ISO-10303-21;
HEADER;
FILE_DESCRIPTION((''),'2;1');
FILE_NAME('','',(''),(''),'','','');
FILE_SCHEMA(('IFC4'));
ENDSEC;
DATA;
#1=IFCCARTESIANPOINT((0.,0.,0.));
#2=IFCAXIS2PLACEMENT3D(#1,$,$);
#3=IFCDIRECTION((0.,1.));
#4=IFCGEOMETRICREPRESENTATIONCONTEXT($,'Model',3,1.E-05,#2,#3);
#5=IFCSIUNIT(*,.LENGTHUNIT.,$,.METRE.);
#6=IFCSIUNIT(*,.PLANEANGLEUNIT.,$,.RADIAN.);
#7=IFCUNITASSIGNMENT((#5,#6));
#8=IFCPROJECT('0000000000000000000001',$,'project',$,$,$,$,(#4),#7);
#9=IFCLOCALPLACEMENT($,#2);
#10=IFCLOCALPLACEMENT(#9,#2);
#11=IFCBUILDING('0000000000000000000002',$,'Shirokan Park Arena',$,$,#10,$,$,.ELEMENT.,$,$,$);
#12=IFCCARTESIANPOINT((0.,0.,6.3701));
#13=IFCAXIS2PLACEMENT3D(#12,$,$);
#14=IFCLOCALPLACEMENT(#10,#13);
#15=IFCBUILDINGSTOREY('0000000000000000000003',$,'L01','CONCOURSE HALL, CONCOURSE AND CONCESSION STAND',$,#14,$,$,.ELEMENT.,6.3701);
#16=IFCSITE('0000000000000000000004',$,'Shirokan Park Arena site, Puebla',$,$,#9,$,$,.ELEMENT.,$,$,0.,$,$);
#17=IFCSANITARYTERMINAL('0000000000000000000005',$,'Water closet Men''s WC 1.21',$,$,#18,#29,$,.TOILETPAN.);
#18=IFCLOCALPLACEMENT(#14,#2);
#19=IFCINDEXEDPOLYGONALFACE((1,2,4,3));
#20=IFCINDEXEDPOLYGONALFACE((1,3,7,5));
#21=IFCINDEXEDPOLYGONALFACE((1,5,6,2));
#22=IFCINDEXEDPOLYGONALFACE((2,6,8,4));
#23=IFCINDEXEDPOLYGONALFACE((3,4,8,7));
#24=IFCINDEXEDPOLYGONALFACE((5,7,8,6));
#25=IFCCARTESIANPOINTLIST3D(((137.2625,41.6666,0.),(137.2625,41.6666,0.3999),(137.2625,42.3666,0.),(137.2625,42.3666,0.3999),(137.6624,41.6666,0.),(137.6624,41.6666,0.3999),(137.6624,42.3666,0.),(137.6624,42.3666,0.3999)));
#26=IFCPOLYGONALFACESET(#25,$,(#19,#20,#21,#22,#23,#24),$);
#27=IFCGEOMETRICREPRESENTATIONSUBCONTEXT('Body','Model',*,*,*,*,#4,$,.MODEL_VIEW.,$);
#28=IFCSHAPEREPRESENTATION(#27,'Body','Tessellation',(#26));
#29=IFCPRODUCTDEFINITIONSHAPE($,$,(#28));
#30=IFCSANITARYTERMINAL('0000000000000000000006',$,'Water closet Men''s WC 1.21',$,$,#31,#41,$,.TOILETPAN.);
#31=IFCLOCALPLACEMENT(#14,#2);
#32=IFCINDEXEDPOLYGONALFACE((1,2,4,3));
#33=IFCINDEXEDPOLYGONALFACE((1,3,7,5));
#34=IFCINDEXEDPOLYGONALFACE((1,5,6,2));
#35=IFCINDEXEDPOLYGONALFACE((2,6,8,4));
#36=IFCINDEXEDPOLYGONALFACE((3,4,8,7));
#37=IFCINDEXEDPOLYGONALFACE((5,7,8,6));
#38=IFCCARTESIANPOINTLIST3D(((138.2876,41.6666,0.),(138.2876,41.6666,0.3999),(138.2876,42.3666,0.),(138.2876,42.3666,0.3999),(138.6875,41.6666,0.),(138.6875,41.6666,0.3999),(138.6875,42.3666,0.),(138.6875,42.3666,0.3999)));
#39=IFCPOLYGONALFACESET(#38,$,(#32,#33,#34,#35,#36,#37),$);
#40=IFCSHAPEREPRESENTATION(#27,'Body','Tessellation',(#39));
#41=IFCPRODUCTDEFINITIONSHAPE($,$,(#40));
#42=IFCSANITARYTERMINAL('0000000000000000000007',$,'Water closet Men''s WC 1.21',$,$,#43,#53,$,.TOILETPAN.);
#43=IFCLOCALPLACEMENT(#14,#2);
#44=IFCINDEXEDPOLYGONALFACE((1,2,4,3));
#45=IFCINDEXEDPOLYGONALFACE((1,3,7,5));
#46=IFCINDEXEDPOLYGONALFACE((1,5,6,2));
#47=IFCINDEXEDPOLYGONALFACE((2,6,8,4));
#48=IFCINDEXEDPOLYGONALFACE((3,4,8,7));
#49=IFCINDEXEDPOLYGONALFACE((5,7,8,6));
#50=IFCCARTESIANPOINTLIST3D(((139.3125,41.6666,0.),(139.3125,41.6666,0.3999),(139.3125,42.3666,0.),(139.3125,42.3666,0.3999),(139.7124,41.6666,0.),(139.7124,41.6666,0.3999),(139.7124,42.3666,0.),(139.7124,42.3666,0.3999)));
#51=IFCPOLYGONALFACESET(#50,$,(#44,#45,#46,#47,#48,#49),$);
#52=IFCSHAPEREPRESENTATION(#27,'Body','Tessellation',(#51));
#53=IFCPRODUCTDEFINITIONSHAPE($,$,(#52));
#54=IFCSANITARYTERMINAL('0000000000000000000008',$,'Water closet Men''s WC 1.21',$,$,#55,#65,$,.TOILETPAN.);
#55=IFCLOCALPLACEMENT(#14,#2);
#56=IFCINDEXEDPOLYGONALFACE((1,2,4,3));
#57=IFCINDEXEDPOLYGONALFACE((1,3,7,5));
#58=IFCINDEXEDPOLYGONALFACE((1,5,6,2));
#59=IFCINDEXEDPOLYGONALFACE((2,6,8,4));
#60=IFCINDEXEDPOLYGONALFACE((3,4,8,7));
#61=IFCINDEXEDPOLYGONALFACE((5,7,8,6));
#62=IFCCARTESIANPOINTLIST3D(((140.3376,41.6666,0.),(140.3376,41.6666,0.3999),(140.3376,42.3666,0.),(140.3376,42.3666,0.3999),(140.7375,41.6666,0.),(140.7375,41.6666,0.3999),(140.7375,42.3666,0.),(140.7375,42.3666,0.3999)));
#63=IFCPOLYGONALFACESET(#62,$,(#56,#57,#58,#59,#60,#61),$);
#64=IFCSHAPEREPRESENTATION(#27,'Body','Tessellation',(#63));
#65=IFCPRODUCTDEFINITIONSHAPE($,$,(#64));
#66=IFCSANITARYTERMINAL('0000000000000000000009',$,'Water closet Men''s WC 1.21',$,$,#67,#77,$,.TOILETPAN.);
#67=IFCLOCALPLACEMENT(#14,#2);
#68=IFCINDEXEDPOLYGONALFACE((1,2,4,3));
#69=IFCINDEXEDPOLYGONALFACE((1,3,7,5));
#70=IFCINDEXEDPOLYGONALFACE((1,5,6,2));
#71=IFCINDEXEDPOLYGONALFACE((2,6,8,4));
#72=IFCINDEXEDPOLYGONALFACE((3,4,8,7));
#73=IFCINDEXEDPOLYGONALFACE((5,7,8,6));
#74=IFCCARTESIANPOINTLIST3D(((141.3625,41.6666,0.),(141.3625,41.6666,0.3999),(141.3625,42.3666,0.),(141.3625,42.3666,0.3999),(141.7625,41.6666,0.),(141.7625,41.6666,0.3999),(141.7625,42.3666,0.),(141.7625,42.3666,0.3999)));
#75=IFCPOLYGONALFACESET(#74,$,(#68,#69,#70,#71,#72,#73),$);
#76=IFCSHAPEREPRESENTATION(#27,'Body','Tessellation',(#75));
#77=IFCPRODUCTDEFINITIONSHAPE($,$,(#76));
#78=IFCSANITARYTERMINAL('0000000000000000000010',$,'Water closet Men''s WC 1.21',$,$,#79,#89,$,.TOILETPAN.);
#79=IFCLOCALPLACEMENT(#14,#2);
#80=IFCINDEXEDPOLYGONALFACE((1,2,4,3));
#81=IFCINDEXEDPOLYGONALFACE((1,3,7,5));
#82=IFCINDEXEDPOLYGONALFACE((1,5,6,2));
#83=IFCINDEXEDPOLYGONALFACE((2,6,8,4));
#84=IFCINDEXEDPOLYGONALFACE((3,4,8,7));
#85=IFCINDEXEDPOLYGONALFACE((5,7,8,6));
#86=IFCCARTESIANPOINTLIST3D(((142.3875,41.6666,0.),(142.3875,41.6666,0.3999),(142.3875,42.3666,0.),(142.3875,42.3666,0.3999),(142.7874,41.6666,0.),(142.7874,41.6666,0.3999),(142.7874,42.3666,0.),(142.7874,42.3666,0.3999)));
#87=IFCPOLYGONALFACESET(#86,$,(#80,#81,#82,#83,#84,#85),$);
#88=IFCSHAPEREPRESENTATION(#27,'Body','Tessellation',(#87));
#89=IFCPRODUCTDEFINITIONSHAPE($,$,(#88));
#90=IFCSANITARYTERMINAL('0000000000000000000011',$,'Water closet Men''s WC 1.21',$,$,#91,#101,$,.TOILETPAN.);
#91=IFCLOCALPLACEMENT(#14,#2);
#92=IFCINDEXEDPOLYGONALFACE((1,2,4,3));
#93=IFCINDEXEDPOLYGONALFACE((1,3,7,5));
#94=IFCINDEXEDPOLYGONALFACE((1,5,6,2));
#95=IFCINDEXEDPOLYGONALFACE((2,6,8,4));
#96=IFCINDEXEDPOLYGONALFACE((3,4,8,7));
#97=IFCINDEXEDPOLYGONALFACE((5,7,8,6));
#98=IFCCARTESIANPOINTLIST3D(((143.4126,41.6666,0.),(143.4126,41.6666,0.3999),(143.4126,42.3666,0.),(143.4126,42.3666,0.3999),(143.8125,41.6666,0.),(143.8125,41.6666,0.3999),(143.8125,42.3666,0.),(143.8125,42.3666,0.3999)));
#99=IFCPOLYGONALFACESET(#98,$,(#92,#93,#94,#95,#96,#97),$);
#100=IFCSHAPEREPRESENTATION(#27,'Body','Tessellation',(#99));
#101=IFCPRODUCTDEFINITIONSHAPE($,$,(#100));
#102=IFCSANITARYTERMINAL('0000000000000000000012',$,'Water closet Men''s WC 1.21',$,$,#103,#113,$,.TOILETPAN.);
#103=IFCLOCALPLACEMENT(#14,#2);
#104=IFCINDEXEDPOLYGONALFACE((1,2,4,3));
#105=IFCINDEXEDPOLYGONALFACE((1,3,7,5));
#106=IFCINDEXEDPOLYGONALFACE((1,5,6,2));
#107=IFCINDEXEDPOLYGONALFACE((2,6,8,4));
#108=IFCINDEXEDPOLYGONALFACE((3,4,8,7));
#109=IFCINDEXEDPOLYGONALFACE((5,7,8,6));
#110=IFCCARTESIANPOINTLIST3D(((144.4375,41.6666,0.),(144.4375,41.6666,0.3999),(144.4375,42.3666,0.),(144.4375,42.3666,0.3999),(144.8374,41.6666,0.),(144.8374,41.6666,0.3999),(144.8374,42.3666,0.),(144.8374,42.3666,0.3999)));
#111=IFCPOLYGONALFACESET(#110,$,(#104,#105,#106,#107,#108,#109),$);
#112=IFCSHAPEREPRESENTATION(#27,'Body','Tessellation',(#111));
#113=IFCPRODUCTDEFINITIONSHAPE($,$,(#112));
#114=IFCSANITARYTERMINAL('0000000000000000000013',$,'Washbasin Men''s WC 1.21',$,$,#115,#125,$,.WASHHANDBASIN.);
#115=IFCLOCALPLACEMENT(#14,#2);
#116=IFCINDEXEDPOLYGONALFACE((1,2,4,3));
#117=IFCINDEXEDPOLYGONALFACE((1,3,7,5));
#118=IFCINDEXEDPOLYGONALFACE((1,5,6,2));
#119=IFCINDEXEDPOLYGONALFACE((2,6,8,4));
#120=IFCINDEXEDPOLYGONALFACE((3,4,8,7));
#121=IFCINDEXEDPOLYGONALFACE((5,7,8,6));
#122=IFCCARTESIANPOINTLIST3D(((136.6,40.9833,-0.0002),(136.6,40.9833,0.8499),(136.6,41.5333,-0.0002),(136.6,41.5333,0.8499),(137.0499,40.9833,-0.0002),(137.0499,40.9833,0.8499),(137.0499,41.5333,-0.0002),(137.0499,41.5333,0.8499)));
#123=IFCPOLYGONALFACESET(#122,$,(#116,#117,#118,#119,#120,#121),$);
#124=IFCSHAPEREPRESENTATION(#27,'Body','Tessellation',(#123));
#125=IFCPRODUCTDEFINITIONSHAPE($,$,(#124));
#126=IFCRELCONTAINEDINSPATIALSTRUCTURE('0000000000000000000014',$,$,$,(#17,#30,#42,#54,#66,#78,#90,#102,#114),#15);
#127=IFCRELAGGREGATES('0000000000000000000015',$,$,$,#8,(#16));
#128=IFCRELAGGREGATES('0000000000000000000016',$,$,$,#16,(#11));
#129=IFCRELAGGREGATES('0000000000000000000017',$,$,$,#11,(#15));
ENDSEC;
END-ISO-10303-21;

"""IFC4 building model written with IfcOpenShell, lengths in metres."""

from ifc_helpers import new_model, si_unit, direction, frame, origin, origin_2d, place, context, subcontext, project, spatial, rectangle, extrude, element, save


model = new_model("IFC4")

# Units and contexts
model_context = context("Model", 3, precision=1e-05, world=origin(), true_north=direction((0.0, 1.0)))
body_context = subcontext(model_context, "Body", "Model", "MODEL_VIEW")
ifc_project = project(units=[si_unit("LENGTHUNIT", "METRE"), si_unit("PLANEANGLEUNIT", "RADIAN")], contexts=[model_context])

# Site, building, storey
site_placement = place(None, origin())
site = spatial("IfcSite", under=ifc_project, at=site_placement, Name="Shirokan Park Arena site, Puebla", CompositionType="ELEMENT", RefElevation=0.0)
building_placement = place(site_placement, origin())
building = spatial("IfcBuilding", under=site, at=building_placement, Name="Shirokan Park Arena", CompositionType="ELEMENT")
storey_placement = place(building_placement, frame((0.0, 0.0, 6.3701)))
storey = spatial("IfcBuildingStorey", under=building, at=storey_placement, Name="L01", Description="CONCOURSE HALL, CONCOURSE AND CONCESSION STAND", CompositionType="ELEMENT", Elevation=6.3701)

# Sanitary terminals
for number, where, z_axis, x_axis, name in (
    (1, (137.4624, 42.0166, 0.0), (0.0, 0.0, 1.0), (1.0, 0.0, 0.0), "Water closet Men's WC 1.21"),
    (2, (138.4875, 42.0166, 0.0), (0.0, 0.0, 1.0), (1.0, 0.0, 0.0), "Water closet Men's WC 1.21"),
    (3, (139.5125, 42.0166, 0.0), (0.0, 0.0, 1.0), (1.0, 0.0, 0.0), "Water closet Men's WC 1.21"),
    (4, (140.5376, 42.0166, 0.0), (0.0, 0.0, 1.0), (1.0, 0.0, 0.0), "Water closet Men's WC 1.21"),
    (5, (141.5625, 42.0166, 0.0), (0.0, 0.0, 1.0), (1.0, 0.0, 0.0), "Water closet Men's WC 1.21"),
    (6, (142.5874, 42.0166, 0.0), (0.0, 0.0, 1.0), (1.0, 0.0, 0.0), "Water closet Men's WC 1.21"),
    (7, (143.6125, 42.0166, 0.0), (0.0, 0.0, 1.0), (1.0, 0.0, 0.0), "Water closet Men's WC 1.21"),
    (8, (144.6375, 42.0166, 0.0), (0.0, 0.0, 1.0), (1.0, 0.0, 0.0), "Water closet Men's WC 1.21"),
):
    element("IfcSanitaryTerminal", number, at=place(storey_placement, frame(where, z_axis=z_axis, x_axis=x_axis)), inside=storey, Name=name, PredefinedType="TOILETPAN", context=body_context, shape_type="SweptSolid", body=[
        extrude(rectangle(XDim=0.3999, YDim=0.7, at=origin_2d()), origin(), (0.0, 0.0, 1.0), 0.3999),
    ])
sanitary_terminal_placement = place(storey_placement, frame((136.825, 41.2583, -0.0002), z_axis=(0.0, 0.0, 1.0), x_axis=(1.0, 0.0, 0.0)))
element("IfcSanitaryTerminal", 9, at=sanitary_terminal_placement, inside=storey, Name="Washbasin Men's WC 1.21", PredefinedType="WASHHANDBASIN", context=body_context, shape_type="SweptSolid", body=[
    extrude(rectangle(XDim=0.45, YDim=0.55, at=origin_2d()), origin(), (0.0, 0.0, 1.0), 0.8501),
])

save(model, "model.ifc")
